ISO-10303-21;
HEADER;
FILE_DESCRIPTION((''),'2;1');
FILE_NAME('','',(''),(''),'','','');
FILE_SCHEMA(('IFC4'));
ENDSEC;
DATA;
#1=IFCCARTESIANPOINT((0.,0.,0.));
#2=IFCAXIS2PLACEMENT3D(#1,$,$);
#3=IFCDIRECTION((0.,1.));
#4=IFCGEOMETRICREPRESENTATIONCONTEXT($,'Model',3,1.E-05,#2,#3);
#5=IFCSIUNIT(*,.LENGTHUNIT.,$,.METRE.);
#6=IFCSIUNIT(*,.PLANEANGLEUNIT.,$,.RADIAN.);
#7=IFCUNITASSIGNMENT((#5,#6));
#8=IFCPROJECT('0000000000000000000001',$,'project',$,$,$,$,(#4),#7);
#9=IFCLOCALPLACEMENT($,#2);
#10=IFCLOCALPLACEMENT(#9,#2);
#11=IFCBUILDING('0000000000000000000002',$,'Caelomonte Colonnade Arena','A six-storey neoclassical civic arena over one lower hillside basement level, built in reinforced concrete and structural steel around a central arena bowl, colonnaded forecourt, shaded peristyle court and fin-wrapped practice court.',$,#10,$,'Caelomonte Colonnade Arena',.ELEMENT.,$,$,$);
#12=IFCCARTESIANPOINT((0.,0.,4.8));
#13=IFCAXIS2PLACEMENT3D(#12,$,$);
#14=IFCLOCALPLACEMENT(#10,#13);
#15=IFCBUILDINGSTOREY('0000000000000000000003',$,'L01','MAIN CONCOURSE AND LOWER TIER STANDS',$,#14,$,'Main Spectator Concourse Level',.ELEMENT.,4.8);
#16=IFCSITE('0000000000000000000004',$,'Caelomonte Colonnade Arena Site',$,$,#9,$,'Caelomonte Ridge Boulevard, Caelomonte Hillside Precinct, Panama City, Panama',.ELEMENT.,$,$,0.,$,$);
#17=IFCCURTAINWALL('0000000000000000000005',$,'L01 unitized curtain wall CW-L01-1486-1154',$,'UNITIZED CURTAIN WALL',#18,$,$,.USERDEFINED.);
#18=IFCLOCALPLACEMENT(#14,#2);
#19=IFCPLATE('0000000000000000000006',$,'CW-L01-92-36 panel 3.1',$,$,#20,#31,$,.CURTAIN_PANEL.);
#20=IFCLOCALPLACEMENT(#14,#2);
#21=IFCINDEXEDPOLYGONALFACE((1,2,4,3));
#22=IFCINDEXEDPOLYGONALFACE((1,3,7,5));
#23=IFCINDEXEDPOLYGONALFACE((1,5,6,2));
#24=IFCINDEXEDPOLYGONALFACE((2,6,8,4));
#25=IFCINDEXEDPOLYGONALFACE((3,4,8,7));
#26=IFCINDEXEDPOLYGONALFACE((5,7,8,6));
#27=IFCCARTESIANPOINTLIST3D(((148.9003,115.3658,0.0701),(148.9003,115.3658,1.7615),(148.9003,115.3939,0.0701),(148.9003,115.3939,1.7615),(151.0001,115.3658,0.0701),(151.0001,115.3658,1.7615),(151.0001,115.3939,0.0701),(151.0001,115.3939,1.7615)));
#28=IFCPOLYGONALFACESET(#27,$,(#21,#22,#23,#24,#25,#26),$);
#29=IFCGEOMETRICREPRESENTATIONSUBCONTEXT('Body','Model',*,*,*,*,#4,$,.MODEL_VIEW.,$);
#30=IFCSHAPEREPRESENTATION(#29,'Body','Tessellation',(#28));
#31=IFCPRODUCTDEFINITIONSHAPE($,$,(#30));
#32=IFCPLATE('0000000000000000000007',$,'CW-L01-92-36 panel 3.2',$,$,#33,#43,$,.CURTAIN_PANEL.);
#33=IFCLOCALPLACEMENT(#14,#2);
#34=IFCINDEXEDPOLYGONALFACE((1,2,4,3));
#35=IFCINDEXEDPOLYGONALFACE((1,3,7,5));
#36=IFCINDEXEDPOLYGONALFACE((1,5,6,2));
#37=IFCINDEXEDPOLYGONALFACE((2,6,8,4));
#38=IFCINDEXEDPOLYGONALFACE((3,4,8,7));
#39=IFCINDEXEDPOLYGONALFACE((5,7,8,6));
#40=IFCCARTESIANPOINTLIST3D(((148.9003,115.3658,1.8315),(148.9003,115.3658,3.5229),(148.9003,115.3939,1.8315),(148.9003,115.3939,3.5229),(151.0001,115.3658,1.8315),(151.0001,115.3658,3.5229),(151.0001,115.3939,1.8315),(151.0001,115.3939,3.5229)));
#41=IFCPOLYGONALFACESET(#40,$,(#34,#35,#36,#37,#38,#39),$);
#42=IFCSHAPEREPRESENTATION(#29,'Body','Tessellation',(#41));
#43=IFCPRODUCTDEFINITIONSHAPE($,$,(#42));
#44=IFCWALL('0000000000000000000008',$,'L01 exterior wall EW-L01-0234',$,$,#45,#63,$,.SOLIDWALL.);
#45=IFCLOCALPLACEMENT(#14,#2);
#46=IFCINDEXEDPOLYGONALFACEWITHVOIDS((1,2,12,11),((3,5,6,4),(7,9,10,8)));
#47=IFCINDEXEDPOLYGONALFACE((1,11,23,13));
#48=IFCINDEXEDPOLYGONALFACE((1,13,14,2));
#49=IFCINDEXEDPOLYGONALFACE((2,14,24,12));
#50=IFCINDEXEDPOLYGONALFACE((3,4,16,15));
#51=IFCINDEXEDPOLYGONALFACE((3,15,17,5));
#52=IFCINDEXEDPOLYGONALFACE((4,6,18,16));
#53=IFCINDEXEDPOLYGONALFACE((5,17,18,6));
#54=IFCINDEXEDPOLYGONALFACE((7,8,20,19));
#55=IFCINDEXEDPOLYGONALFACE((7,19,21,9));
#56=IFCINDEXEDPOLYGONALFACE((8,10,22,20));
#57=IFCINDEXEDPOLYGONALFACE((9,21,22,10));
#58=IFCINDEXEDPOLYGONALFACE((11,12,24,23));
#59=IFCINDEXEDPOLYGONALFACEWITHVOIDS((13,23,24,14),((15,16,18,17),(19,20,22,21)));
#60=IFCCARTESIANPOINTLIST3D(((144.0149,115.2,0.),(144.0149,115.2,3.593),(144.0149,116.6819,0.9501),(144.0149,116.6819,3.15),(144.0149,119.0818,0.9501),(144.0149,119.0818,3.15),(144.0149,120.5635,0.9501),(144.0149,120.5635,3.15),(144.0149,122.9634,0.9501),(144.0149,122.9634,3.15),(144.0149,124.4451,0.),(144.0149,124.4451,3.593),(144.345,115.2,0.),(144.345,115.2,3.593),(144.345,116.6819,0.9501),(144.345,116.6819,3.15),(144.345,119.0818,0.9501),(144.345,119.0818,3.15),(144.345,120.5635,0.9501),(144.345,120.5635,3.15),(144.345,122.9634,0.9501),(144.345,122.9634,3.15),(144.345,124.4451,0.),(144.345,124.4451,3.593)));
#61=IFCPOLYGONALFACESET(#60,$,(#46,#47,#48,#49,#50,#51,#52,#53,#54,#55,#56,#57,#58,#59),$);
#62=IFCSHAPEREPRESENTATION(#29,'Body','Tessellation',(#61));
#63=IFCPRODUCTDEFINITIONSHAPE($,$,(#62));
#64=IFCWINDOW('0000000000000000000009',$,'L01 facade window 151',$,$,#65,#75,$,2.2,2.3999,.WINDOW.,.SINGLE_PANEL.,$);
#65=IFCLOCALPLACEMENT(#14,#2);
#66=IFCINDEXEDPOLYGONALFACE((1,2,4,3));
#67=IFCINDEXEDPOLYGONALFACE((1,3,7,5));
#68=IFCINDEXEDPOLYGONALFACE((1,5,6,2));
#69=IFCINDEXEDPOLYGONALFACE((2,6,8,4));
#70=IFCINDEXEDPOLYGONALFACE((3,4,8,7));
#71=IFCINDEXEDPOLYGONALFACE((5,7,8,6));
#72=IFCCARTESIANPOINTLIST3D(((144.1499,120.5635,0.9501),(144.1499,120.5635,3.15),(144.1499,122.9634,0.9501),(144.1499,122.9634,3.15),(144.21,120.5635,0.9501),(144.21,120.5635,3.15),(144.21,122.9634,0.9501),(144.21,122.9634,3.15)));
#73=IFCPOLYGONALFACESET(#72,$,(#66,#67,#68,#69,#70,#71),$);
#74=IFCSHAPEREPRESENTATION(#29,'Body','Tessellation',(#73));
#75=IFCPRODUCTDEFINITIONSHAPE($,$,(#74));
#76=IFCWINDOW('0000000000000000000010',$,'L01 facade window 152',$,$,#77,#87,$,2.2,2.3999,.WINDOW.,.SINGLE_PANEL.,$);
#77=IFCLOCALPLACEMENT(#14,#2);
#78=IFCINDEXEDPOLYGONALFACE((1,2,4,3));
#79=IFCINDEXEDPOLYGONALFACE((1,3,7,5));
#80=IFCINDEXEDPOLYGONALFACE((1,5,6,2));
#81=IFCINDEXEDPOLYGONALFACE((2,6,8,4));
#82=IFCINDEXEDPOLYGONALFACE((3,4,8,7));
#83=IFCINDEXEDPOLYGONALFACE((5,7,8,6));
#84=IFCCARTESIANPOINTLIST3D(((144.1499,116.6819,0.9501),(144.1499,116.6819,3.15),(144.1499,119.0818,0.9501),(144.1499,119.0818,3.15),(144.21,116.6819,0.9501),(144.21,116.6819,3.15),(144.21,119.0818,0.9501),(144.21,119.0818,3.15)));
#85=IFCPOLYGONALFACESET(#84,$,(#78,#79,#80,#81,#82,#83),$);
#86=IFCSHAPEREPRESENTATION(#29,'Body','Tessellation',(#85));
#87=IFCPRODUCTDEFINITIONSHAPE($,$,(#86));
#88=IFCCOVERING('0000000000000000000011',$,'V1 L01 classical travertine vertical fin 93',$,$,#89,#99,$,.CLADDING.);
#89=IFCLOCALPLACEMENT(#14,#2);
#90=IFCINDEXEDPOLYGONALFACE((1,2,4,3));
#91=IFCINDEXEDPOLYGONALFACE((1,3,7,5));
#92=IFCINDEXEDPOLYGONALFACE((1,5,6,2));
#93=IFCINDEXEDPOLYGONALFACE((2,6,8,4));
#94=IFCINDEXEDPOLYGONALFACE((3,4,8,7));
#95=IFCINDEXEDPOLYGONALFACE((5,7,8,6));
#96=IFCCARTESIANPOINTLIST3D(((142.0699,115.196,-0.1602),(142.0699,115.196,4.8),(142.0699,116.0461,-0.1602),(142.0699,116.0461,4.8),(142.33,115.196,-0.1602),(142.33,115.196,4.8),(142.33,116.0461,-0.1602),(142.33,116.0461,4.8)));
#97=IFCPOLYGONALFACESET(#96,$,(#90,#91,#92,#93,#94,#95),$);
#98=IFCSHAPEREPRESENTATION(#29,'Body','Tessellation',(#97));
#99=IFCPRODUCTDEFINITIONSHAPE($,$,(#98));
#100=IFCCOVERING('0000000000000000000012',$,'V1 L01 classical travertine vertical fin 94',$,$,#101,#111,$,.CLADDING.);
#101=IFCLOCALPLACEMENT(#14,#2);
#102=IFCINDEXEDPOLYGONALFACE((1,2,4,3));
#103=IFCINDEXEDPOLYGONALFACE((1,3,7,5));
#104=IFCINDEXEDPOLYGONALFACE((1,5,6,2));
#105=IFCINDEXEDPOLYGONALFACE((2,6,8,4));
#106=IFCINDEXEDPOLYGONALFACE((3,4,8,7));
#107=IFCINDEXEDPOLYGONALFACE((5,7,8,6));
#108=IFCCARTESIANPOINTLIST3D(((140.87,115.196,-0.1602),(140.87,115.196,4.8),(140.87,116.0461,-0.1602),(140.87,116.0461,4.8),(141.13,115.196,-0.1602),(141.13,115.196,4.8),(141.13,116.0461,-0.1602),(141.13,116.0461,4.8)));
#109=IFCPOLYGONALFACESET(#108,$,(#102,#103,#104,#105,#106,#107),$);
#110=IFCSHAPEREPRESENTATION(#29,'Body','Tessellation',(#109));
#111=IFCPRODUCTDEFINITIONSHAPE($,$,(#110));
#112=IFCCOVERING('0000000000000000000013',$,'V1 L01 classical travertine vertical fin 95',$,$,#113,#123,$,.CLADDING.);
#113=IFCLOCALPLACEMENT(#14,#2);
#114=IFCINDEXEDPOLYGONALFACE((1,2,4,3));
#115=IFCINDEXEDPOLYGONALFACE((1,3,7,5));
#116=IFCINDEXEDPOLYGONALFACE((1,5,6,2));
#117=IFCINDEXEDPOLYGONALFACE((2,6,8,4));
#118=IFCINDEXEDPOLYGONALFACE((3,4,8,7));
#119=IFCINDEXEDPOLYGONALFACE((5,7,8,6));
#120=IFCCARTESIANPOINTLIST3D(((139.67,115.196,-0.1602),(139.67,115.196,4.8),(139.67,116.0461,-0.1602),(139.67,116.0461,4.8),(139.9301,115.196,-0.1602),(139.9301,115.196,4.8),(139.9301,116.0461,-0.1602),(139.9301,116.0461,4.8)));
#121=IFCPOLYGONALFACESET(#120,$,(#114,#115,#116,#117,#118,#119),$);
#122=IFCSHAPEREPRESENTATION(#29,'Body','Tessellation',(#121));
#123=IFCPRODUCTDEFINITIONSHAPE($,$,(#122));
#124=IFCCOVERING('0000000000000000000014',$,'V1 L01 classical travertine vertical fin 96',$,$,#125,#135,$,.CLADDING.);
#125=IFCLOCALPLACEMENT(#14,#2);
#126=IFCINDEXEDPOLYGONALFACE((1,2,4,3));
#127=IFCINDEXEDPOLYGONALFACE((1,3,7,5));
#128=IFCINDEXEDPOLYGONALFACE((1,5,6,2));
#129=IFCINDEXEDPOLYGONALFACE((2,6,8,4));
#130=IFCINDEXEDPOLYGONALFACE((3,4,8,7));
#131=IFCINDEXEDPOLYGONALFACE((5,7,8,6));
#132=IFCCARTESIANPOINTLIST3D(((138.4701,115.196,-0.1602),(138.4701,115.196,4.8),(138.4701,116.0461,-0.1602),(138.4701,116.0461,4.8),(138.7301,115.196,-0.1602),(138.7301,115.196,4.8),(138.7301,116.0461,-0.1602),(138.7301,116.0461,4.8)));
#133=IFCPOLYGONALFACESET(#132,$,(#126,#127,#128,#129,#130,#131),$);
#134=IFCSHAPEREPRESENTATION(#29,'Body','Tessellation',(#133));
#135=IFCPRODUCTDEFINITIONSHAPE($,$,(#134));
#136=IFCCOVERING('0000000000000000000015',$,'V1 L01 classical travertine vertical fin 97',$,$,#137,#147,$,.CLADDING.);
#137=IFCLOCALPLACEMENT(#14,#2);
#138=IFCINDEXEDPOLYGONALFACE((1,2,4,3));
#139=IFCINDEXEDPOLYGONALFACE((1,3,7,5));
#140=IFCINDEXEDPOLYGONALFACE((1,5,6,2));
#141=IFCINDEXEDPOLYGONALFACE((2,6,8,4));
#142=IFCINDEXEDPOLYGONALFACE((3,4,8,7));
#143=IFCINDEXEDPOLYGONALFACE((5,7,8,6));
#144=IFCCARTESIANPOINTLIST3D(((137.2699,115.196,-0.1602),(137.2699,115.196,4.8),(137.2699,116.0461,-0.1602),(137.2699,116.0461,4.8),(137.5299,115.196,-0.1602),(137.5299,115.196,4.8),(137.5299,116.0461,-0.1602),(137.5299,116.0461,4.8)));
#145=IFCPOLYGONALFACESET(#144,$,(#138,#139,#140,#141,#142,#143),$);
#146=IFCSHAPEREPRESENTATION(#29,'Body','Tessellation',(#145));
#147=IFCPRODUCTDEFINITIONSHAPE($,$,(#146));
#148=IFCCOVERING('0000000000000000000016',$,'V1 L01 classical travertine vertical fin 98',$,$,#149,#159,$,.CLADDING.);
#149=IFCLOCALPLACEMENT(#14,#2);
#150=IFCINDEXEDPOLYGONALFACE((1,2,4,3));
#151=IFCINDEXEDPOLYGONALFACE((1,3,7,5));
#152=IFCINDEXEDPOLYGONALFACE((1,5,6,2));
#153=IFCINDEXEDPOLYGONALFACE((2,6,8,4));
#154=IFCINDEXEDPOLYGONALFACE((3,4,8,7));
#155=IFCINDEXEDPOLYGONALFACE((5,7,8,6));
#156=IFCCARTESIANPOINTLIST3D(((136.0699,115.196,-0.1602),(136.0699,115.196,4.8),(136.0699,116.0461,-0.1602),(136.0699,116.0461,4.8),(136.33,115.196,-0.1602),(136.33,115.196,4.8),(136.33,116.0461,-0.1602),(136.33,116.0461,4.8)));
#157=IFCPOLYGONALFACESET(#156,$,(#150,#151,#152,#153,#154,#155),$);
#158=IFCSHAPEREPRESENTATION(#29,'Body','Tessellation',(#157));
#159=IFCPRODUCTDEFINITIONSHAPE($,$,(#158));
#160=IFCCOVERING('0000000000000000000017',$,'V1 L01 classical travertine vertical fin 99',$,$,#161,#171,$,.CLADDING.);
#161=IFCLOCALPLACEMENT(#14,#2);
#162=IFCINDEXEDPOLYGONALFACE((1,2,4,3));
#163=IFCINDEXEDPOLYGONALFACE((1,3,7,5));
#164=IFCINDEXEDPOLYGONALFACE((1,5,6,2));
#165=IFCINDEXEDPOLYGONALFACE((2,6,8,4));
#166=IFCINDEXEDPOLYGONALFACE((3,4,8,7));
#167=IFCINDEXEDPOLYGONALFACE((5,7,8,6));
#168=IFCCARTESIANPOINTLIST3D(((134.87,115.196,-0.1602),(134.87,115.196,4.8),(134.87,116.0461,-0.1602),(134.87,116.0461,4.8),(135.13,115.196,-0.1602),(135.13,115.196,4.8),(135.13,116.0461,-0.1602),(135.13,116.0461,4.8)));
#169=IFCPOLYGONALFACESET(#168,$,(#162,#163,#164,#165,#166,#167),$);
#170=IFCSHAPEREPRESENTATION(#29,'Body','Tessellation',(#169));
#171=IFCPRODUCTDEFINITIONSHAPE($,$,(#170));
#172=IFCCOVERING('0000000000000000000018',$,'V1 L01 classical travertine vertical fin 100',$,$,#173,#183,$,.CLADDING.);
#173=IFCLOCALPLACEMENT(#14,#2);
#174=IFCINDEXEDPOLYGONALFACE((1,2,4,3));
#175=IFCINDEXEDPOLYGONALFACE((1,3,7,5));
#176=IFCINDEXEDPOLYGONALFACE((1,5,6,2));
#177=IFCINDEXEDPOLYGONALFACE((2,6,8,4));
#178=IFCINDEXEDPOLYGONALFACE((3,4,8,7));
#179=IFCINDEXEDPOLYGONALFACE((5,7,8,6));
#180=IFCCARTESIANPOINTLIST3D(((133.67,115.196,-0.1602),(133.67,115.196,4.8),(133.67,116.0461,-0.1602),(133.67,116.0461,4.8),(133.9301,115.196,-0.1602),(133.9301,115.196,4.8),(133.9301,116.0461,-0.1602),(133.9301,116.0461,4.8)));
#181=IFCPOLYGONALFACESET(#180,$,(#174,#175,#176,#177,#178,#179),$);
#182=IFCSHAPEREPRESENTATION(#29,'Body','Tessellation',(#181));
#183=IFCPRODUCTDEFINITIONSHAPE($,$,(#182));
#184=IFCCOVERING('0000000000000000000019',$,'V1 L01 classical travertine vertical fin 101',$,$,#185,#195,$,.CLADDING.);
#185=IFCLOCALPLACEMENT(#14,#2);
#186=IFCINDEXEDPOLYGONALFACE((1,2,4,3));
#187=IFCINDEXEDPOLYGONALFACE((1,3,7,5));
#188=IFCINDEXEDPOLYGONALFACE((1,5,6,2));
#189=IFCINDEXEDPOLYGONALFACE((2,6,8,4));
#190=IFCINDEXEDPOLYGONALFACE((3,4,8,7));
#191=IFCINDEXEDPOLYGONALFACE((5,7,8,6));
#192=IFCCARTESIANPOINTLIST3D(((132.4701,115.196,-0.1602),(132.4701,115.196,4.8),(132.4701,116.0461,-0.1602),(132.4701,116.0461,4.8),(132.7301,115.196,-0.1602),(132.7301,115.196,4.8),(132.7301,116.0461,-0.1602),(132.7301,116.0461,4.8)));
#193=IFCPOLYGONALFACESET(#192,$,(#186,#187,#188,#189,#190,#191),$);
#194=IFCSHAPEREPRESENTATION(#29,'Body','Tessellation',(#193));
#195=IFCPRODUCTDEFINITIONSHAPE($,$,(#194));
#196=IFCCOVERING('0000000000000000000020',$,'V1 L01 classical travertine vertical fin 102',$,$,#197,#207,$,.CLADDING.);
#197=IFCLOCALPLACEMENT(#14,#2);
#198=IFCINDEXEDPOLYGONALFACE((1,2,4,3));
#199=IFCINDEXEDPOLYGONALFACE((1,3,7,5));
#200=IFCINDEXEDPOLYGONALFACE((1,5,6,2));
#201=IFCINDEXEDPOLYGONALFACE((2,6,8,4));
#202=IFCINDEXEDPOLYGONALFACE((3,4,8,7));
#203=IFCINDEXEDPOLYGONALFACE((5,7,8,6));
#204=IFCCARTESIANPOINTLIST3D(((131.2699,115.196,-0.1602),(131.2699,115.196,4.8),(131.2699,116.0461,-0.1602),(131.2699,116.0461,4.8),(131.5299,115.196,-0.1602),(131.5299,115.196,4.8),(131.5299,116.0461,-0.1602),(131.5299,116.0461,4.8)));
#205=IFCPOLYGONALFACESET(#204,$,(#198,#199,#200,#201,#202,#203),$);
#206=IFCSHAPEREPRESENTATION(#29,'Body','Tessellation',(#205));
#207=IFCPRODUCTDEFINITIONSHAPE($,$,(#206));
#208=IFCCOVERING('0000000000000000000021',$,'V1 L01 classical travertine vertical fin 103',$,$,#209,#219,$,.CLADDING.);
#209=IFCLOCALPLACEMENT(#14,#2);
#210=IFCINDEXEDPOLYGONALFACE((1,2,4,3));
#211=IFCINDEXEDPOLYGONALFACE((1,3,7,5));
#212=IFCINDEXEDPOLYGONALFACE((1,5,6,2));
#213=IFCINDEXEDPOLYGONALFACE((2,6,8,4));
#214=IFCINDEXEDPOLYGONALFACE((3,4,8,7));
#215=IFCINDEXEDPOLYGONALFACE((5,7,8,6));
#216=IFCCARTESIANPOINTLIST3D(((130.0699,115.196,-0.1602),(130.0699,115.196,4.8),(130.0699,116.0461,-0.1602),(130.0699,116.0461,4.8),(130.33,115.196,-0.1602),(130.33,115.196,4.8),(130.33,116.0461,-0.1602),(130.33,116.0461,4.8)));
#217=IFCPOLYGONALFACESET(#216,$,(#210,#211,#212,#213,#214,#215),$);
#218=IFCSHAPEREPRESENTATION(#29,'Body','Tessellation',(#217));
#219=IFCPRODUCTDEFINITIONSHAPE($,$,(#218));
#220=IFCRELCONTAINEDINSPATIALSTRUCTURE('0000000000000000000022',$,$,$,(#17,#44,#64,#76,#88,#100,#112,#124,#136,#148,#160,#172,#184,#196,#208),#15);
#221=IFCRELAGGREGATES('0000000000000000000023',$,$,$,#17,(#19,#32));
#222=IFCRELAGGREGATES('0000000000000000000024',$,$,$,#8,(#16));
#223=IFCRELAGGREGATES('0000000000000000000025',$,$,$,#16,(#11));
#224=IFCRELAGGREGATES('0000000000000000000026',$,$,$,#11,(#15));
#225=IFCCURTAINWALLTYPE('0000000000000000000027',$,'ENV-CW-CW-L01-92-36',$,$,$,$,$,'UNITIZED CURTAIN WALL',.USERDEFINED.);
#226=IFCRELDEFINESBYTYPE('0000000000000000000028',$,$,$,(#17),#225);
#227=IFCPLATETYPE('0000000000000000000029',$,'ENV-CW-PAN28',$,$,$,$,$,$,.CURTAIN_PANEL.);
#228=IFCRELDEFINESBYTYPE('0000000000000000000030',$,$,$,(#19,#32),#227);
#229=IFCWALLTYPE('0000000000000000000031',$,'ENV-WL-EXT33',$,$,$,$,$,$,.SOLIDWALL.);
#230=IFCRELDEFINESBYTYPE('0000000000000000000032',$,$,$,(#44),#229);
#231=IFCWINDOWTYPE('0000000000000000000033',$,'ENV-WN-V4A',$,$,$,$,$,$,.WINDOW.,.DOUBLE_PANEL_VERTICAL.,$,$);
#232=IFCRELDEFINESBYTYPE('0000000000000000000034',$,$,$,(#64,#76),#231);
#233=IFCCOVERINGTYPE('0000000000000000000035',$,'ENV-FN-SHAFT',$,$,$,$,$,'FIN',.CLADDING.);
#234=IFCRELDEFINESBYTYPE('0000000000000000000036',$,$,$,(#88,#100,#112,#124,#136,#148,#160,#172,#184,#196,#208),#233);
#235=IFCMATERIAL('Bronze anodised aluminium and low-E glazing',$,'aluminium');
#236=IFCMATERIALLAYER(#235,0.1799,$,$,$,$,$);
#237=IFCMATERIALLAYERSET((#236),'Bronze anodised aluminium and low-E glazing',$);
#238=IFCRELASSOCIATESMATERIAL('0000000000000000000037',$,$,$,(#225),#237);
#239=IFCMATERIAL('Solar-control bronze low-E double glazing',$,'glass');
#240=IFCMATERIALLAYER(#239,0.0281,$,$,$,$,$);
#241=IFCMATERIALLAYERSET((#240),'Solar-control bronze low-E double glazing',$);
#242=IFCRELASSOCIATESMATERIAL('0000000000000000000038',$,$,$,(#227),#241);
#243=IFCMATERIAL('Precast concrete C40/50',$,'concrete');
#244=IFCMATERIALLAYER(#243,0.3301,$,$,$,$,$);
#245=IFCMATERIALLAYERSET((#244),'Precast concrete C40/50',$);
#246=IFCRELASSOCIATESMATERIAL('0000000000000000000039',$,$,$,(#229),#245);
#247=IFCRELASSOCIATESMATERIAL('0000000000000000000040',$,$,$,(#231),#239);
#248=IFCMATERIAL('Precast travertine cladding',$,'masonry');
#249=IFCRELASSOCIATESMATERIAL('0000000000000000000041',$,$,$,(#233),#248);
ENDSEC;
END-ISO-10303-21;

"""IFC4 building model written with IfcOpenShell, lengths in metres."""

from ifc_helpers import new_model, si_unit, direction, frame, frame_2d, origin, origin_2d, place, context, subcontext, project, spatial, rectangle, extrude, material, layer, layer_set, material_profile, profile_set, type_object, element, fill, aggregate, save


model = new_model("IFC4")

# Units and contexts
model_context = context("Model", 3, precision=1e-05, world=origin(), true_north=direction((0.0, 1.0)))
body_context = subcontext(model_context, "Body", "Model", "MODEL_VIEW")
ifc_project = project(units=[si_unit("LENGTHUNIT", "METRE"), si_unit("PLANEANGLEUNIT", "RADIAN")], contexts=[model_context])

# Site, building, storey
site_placement = place(None, origin())
site = spatial("IfcSite", under=ifc_project, at=site_placement, Name="Caelomonte Colonnade Arena Site", LongName="Caelomonte Ridge Boulevard, Caelomonte Hillside Precinct, Panama City, Panama", CompositionType="ELEMENT", RefElevation=0.0)
building_placement = place(site_placement, origin())
building = spatial("IfcBuilding", under=site, at=building_placement, Name="Caelomonte Colonnade Arena", Description="A six-storey neoclassical civic arena over one lower hillside basement level, built in reinforced concrete and structural steel around a central arena bowl, colonnaded forecourt, shaded peristyle court and fin-wrapped practice court.", LongName="Caelomonte Colonnade Arena", CompositionType="ELEMENT")
storey_placement = place(building_placement, frame((0.0, 0.0, 4.8)))
storey = spatial("IfcBuildingStorey", under=building, at=storey_placement, Name="L01", Description="MAIN CONCOURSE AND LOWER TIER STANDS", LongName="Main Spectator Concourse Level", CompositionType="ELEMENT", Elevation=4.8)

# Curtain wall, plates
ifc_material_1 = material(Name="Bronze anodised aluminium and low-E glazing", Category="aluminium")
ifc_layer_1 = layer(ifc_material_1, 0.1799)
ifc_layer_set_1 = layer_set([ifc_layer_1], Name="Bronze anodised aluminium and low-E glazing")
curtain_wall_type = type_object("IfcCurtainWallType", Name="ENV-CW-CW-L01-92-36", ElementType="UNITIZED CURTAIN WALL", PredefinedType="USERDEFINED", material=ifc_layer_set_1)
curtain_wall_placement = place(storey_placement, origin())
curtain_wall = element("IfcCurtainWall", 1, at=curtain_wall_placement, inside=storey, type_object=curtain_wall_type, Name="L01 unitized curtain wall CW-L01-1486-1154", ObjectType="UNITIZED CURTAIN WALL", PredefinedType="USERDEFINED")
ifc_material_2 = material(Name="Solar-control bronze low-E double glazing", Category="glass")
ifc_layer_2 = layer(ifc_material_2, 0.0281)
ifc_layer_set_2 = layer_set([ifc_layer_2], Name="Solar-control bronze low-E double glazing")
plate_type = type_object("IfcPlateType", Name="ENV-CW-PAN28", PredefinedType="CURTAIN_PANEL", material=ifc_layer_set_2)
plate_1_placement = place(storey_placement, frame((149.9502, 115.3799, 0.0701), z_axis=(0.0, 0.0, 1.0), x_axis=(1.0, 0.0, 0.0)))
plate_1 = element("IfcPlate", 2, at=plate_1_placement, type_object=plate_type, Name="CW-L01-92-36 panel 3.1", PredefinedType="CURTAIN_PANEL", context=body_context, shape_type="SweptSolid", body=[
    extrude(rectangle(XDim=2.0999, YDim=0.0281, at=origin_2d()), origin(), (0.0, 0.0, 1.0), 1.6914),
])
plate_2_placement = place(storey_placement, frame((149.9502, 115.3799, 1.8315), z_axis=(0.0, 0.0, 1.0), x_axis=(1.0, 0.0, 0.0)))
plate_2 = element("IfcPlate", 3, at=plate_2_placement, type_object=plate_type, Name="CW-L01-92-36 panel 3.2", PredefinedType="CURTAIN_PANEL", context=body_context, shape_type="SweptSolid", body=[
    extrude(rectangle(XDim=2.0999, YDim=0.0281, at=origin_2d()), origin(), (0.0, 0.0, 1.0), 1.6914),
])
aggregate(curtain_wall, [plate_1, plate_2])

# Wall, openings, windows
ifc_material_3 = material(Name="Precast concrete C40/50", Category="concrete")
ifc_layer_3 = layer(ifc_material_3, 0.3301)
ifc_layer_set_3 = layer_set([ifc_layer_3], Name="Precast concrete C40/50")
wall_type = type_object("IfcWallType", Name="ENV-WL-EXT33", PredefinedType="SOLIDWALL", material=ifc_layer_set_3)
wall_placement = place(storey_placement, frame((144.1799, 124.4451, 0.0), z_axis=(0.0, 0.0, 1.0), x_axis=(0.0, -1.0, 0.0)))
wall = element("IfcWall", 4, at=wall_placement, inside=storey, type_object=wall_type, Name="L01 exterior wall EW-L01-0234", PredefinedType="SOLIDWALL", context=body_context, shape_type="SweptSolid", body=[
    extrude(rectangle(XDim=9.2451, YDim=0.3301, at=frame_2d((4.6226, 0.0))), origin(), (0.0, 0.0, 1.0), 3.593),
])
opening_1_placement = place(wall_placement, frame((3.8816, 0.0, 0.95), z_axis=(0.0, 0.0, 1.0), x_axis=(-1.0, 0.0, 0.0)))
opening_1 = element("IfcOpeningElement", 5, at=opening_1_placement, cuts=wall, PredefinedType="OPENING", context=body_context, shape_type="SweptSolid", body=[
    extrude(rectangle(XDim=2.3999, YDim=2.2, at=frame_2d((1.2, 1.1001))), frame((0.0, 0.175, 0.0), z_axis=(0.0, -1.0, 0.0), x_axis=(1.0, 0.0, 0.0)), (0.0, 0.0, 1.0), 0.3501),
])
opening_2_placement = place(wall_placement, frame((7.7632, 0.0, 0.95), z_axis=(0.0, 0.0, 1.0), x_axis=(-1.0, 0.0, 0.0)))
opening_2 = element("IfcOpeningElement", 6, at=opening_2_placement, cuts=wall, PredefinedType="OPENING", context=body_context, shape_type="SweptSolid", body=[
    extrude(rectangle(XDim=2.3999, YDim=2.2, at=frame_2d((1.2, 1.1001))), frame((0.0, 0.175, 0.0), z_axis=(0.0, -1.0, 0.0), x_axis=(1.0, 0.0, 0.0)), (0.0, 0.0, 1.0), 0.3501),
])
window_type = type_object("IfcWindowType", Name="ENV-WN-V4A", PartitioningType="DOUBLE_PANEL_VERTICAL", PredefinedType="WINDOW", material=ifc_material_2)
window_1_placement = place(opening_1_placement, origin())
window_1 = element("IfcWindow", 7, at=window_1_placement, inside=storey, type_object=window_type, Name="L01 facade window 151", OverallHeight=2.2, OverallWidth=2.3999, PartitioningType="SINGLE_PANEL", PredefinedType="WINDOW", context=body_context, shape_type="SweptSolid", body=[
    extrude(rectangle(XDim=2.3999, YDim=2.2, at=frame_2d((1.2, 1.1001))), frame((0.0, 0.03, 0.0), z_axis=(0.0, -1.0, 0.0), x_axis=(1.0, 0.0, 0.0)), (0.0, 0.0, 1.0), 0.0601),
])
fill(opening_1, window_1)
window_2_placement = place(opening_2_placement, origin())
window_2 = element("IfcWindow", 8, at=window_2_placement, inside=storey, type_object=window_type, Name="L01 facade window 152", OverallHeight=2.2, OverallWidth=2.3999, PartitioningType="SINGLE_PANEL", PredefinedType="WINDOW", context=body_context, shape_type="SweptSolid", body=[
    extrude(rectangle(XDim=2.3999, YDim=2.2, at=frame_2d((1.2, 1.1001))), frame((0.0, 0.03, 0.0), z_axis=(0.0, -1.0, 0.0), x_axis=(1.0, 0.0, 0.0)), (0.0, 0.0, 1.0), 0.0601),
])
fill(opening_2, window_2)

# Coverings
ifc_material_4 = material(Name="Precast travertine cladding", Category="masonry")
ifc_material_profile_1 = material_profile(ifc_material_4, rectangle(XDim=0.26, YDim=0.8501, at=origin_2d()), Name="FIN260X850")
ifc_profile_set_1 = profile_set([ifc_material_profile_1], Name="Precast travertine cladding")
covering_type = type_object("IfcCoveringType", Name="ENV-FN-SHAFT", ElementType="FIN", PredefinedType="CLADDING", material=ifc_profile_set_1)
for number, where, z_axis, x_axis, name in (
    (9, (142.2, 115.6211, -0.1602), (0.0, 0.0, 1.0), (1.0, 0.0, 0.0), "V1 L01 classical travertine vertical fin 93"),
    (10, (141.0, 115.6211, -0.1602), (0.0, 0.0, 1.0), (1.0, 0.0, 0.0), "V1 L01 classical travertine vertical fin 94"),
    (11, (139.8, 115.6211, -0.1602), (0.0, 0.0, 1.0), (1.0, 0.0, 0.0), "V1 L01 classical travertine vertical fin 95"),
    (12, (138.6001, 115.6211, -0.1602), (0.0, 0.0, 1.0), (1.0, 0.0, 0.0), "V1 L01 classical travertine vertical fin 96"),
    (13, (137.3999, 115.6211, -0.1602), (0.0, 0.0, 1.0), (1.0, 0.0, 0.0), "V1 L01 classical travertine vertical fin 97"),
    (14, (136.2, 115.6211, -0.1602), (0.0, 0.0, 1.0), (1.0, 0.0, 0.0), "V1 L01 classical travertine vertical fin 98"),
    (15, (135.0, 115.6211, -0.1602), (0.0, 0.0, 1.0), (1.0, 0.0, 0.0), "V1 L01 classical travertine vertical fin 99"),
    (16, (133.8, 115.6211, -0.1602), (0.0, 0.0, 1.0), (1.0, 0.0, 0.0), "V1 L01 classical travertine vertical fin 100"),
    (17, (132.6001, 115.6211, -0.1602), (0.0, 0.0, 1.0), (1.0, 0.0, 0.0), "V1 L01 classical travertine vertical fin 101"),
    (18, (131.3999, 115.6211, -0.1602), (0.0, 0.0, 1.0), (1.0, 0.0, 0.0), "V1 L01 classical travertine vertical fin 102"),
    (19, (130.2, 115.6211, -0.1602), (0.0, 0.0, 1.0), (1.0, 0.0, 0.0), "V1 L01 classical travertine vertical fin 103"),
):
    element("IfcCovering", number, at=place(storey_placement, frame(where, z_axis=z_axis, x_axis=x_axis)), inside=storey, type_object=covering_type, Name=name, PredefinedType="CLADDING", context=body_context, shape_type="SweptSolid", body=[
        extrude(rectangle(XDim=0.26, YDim=0.8501, at=origin_2d()), origin(), (0.0, 0.0, 1.0), 4.9602),
    ])

save(model, "model.ifc")
